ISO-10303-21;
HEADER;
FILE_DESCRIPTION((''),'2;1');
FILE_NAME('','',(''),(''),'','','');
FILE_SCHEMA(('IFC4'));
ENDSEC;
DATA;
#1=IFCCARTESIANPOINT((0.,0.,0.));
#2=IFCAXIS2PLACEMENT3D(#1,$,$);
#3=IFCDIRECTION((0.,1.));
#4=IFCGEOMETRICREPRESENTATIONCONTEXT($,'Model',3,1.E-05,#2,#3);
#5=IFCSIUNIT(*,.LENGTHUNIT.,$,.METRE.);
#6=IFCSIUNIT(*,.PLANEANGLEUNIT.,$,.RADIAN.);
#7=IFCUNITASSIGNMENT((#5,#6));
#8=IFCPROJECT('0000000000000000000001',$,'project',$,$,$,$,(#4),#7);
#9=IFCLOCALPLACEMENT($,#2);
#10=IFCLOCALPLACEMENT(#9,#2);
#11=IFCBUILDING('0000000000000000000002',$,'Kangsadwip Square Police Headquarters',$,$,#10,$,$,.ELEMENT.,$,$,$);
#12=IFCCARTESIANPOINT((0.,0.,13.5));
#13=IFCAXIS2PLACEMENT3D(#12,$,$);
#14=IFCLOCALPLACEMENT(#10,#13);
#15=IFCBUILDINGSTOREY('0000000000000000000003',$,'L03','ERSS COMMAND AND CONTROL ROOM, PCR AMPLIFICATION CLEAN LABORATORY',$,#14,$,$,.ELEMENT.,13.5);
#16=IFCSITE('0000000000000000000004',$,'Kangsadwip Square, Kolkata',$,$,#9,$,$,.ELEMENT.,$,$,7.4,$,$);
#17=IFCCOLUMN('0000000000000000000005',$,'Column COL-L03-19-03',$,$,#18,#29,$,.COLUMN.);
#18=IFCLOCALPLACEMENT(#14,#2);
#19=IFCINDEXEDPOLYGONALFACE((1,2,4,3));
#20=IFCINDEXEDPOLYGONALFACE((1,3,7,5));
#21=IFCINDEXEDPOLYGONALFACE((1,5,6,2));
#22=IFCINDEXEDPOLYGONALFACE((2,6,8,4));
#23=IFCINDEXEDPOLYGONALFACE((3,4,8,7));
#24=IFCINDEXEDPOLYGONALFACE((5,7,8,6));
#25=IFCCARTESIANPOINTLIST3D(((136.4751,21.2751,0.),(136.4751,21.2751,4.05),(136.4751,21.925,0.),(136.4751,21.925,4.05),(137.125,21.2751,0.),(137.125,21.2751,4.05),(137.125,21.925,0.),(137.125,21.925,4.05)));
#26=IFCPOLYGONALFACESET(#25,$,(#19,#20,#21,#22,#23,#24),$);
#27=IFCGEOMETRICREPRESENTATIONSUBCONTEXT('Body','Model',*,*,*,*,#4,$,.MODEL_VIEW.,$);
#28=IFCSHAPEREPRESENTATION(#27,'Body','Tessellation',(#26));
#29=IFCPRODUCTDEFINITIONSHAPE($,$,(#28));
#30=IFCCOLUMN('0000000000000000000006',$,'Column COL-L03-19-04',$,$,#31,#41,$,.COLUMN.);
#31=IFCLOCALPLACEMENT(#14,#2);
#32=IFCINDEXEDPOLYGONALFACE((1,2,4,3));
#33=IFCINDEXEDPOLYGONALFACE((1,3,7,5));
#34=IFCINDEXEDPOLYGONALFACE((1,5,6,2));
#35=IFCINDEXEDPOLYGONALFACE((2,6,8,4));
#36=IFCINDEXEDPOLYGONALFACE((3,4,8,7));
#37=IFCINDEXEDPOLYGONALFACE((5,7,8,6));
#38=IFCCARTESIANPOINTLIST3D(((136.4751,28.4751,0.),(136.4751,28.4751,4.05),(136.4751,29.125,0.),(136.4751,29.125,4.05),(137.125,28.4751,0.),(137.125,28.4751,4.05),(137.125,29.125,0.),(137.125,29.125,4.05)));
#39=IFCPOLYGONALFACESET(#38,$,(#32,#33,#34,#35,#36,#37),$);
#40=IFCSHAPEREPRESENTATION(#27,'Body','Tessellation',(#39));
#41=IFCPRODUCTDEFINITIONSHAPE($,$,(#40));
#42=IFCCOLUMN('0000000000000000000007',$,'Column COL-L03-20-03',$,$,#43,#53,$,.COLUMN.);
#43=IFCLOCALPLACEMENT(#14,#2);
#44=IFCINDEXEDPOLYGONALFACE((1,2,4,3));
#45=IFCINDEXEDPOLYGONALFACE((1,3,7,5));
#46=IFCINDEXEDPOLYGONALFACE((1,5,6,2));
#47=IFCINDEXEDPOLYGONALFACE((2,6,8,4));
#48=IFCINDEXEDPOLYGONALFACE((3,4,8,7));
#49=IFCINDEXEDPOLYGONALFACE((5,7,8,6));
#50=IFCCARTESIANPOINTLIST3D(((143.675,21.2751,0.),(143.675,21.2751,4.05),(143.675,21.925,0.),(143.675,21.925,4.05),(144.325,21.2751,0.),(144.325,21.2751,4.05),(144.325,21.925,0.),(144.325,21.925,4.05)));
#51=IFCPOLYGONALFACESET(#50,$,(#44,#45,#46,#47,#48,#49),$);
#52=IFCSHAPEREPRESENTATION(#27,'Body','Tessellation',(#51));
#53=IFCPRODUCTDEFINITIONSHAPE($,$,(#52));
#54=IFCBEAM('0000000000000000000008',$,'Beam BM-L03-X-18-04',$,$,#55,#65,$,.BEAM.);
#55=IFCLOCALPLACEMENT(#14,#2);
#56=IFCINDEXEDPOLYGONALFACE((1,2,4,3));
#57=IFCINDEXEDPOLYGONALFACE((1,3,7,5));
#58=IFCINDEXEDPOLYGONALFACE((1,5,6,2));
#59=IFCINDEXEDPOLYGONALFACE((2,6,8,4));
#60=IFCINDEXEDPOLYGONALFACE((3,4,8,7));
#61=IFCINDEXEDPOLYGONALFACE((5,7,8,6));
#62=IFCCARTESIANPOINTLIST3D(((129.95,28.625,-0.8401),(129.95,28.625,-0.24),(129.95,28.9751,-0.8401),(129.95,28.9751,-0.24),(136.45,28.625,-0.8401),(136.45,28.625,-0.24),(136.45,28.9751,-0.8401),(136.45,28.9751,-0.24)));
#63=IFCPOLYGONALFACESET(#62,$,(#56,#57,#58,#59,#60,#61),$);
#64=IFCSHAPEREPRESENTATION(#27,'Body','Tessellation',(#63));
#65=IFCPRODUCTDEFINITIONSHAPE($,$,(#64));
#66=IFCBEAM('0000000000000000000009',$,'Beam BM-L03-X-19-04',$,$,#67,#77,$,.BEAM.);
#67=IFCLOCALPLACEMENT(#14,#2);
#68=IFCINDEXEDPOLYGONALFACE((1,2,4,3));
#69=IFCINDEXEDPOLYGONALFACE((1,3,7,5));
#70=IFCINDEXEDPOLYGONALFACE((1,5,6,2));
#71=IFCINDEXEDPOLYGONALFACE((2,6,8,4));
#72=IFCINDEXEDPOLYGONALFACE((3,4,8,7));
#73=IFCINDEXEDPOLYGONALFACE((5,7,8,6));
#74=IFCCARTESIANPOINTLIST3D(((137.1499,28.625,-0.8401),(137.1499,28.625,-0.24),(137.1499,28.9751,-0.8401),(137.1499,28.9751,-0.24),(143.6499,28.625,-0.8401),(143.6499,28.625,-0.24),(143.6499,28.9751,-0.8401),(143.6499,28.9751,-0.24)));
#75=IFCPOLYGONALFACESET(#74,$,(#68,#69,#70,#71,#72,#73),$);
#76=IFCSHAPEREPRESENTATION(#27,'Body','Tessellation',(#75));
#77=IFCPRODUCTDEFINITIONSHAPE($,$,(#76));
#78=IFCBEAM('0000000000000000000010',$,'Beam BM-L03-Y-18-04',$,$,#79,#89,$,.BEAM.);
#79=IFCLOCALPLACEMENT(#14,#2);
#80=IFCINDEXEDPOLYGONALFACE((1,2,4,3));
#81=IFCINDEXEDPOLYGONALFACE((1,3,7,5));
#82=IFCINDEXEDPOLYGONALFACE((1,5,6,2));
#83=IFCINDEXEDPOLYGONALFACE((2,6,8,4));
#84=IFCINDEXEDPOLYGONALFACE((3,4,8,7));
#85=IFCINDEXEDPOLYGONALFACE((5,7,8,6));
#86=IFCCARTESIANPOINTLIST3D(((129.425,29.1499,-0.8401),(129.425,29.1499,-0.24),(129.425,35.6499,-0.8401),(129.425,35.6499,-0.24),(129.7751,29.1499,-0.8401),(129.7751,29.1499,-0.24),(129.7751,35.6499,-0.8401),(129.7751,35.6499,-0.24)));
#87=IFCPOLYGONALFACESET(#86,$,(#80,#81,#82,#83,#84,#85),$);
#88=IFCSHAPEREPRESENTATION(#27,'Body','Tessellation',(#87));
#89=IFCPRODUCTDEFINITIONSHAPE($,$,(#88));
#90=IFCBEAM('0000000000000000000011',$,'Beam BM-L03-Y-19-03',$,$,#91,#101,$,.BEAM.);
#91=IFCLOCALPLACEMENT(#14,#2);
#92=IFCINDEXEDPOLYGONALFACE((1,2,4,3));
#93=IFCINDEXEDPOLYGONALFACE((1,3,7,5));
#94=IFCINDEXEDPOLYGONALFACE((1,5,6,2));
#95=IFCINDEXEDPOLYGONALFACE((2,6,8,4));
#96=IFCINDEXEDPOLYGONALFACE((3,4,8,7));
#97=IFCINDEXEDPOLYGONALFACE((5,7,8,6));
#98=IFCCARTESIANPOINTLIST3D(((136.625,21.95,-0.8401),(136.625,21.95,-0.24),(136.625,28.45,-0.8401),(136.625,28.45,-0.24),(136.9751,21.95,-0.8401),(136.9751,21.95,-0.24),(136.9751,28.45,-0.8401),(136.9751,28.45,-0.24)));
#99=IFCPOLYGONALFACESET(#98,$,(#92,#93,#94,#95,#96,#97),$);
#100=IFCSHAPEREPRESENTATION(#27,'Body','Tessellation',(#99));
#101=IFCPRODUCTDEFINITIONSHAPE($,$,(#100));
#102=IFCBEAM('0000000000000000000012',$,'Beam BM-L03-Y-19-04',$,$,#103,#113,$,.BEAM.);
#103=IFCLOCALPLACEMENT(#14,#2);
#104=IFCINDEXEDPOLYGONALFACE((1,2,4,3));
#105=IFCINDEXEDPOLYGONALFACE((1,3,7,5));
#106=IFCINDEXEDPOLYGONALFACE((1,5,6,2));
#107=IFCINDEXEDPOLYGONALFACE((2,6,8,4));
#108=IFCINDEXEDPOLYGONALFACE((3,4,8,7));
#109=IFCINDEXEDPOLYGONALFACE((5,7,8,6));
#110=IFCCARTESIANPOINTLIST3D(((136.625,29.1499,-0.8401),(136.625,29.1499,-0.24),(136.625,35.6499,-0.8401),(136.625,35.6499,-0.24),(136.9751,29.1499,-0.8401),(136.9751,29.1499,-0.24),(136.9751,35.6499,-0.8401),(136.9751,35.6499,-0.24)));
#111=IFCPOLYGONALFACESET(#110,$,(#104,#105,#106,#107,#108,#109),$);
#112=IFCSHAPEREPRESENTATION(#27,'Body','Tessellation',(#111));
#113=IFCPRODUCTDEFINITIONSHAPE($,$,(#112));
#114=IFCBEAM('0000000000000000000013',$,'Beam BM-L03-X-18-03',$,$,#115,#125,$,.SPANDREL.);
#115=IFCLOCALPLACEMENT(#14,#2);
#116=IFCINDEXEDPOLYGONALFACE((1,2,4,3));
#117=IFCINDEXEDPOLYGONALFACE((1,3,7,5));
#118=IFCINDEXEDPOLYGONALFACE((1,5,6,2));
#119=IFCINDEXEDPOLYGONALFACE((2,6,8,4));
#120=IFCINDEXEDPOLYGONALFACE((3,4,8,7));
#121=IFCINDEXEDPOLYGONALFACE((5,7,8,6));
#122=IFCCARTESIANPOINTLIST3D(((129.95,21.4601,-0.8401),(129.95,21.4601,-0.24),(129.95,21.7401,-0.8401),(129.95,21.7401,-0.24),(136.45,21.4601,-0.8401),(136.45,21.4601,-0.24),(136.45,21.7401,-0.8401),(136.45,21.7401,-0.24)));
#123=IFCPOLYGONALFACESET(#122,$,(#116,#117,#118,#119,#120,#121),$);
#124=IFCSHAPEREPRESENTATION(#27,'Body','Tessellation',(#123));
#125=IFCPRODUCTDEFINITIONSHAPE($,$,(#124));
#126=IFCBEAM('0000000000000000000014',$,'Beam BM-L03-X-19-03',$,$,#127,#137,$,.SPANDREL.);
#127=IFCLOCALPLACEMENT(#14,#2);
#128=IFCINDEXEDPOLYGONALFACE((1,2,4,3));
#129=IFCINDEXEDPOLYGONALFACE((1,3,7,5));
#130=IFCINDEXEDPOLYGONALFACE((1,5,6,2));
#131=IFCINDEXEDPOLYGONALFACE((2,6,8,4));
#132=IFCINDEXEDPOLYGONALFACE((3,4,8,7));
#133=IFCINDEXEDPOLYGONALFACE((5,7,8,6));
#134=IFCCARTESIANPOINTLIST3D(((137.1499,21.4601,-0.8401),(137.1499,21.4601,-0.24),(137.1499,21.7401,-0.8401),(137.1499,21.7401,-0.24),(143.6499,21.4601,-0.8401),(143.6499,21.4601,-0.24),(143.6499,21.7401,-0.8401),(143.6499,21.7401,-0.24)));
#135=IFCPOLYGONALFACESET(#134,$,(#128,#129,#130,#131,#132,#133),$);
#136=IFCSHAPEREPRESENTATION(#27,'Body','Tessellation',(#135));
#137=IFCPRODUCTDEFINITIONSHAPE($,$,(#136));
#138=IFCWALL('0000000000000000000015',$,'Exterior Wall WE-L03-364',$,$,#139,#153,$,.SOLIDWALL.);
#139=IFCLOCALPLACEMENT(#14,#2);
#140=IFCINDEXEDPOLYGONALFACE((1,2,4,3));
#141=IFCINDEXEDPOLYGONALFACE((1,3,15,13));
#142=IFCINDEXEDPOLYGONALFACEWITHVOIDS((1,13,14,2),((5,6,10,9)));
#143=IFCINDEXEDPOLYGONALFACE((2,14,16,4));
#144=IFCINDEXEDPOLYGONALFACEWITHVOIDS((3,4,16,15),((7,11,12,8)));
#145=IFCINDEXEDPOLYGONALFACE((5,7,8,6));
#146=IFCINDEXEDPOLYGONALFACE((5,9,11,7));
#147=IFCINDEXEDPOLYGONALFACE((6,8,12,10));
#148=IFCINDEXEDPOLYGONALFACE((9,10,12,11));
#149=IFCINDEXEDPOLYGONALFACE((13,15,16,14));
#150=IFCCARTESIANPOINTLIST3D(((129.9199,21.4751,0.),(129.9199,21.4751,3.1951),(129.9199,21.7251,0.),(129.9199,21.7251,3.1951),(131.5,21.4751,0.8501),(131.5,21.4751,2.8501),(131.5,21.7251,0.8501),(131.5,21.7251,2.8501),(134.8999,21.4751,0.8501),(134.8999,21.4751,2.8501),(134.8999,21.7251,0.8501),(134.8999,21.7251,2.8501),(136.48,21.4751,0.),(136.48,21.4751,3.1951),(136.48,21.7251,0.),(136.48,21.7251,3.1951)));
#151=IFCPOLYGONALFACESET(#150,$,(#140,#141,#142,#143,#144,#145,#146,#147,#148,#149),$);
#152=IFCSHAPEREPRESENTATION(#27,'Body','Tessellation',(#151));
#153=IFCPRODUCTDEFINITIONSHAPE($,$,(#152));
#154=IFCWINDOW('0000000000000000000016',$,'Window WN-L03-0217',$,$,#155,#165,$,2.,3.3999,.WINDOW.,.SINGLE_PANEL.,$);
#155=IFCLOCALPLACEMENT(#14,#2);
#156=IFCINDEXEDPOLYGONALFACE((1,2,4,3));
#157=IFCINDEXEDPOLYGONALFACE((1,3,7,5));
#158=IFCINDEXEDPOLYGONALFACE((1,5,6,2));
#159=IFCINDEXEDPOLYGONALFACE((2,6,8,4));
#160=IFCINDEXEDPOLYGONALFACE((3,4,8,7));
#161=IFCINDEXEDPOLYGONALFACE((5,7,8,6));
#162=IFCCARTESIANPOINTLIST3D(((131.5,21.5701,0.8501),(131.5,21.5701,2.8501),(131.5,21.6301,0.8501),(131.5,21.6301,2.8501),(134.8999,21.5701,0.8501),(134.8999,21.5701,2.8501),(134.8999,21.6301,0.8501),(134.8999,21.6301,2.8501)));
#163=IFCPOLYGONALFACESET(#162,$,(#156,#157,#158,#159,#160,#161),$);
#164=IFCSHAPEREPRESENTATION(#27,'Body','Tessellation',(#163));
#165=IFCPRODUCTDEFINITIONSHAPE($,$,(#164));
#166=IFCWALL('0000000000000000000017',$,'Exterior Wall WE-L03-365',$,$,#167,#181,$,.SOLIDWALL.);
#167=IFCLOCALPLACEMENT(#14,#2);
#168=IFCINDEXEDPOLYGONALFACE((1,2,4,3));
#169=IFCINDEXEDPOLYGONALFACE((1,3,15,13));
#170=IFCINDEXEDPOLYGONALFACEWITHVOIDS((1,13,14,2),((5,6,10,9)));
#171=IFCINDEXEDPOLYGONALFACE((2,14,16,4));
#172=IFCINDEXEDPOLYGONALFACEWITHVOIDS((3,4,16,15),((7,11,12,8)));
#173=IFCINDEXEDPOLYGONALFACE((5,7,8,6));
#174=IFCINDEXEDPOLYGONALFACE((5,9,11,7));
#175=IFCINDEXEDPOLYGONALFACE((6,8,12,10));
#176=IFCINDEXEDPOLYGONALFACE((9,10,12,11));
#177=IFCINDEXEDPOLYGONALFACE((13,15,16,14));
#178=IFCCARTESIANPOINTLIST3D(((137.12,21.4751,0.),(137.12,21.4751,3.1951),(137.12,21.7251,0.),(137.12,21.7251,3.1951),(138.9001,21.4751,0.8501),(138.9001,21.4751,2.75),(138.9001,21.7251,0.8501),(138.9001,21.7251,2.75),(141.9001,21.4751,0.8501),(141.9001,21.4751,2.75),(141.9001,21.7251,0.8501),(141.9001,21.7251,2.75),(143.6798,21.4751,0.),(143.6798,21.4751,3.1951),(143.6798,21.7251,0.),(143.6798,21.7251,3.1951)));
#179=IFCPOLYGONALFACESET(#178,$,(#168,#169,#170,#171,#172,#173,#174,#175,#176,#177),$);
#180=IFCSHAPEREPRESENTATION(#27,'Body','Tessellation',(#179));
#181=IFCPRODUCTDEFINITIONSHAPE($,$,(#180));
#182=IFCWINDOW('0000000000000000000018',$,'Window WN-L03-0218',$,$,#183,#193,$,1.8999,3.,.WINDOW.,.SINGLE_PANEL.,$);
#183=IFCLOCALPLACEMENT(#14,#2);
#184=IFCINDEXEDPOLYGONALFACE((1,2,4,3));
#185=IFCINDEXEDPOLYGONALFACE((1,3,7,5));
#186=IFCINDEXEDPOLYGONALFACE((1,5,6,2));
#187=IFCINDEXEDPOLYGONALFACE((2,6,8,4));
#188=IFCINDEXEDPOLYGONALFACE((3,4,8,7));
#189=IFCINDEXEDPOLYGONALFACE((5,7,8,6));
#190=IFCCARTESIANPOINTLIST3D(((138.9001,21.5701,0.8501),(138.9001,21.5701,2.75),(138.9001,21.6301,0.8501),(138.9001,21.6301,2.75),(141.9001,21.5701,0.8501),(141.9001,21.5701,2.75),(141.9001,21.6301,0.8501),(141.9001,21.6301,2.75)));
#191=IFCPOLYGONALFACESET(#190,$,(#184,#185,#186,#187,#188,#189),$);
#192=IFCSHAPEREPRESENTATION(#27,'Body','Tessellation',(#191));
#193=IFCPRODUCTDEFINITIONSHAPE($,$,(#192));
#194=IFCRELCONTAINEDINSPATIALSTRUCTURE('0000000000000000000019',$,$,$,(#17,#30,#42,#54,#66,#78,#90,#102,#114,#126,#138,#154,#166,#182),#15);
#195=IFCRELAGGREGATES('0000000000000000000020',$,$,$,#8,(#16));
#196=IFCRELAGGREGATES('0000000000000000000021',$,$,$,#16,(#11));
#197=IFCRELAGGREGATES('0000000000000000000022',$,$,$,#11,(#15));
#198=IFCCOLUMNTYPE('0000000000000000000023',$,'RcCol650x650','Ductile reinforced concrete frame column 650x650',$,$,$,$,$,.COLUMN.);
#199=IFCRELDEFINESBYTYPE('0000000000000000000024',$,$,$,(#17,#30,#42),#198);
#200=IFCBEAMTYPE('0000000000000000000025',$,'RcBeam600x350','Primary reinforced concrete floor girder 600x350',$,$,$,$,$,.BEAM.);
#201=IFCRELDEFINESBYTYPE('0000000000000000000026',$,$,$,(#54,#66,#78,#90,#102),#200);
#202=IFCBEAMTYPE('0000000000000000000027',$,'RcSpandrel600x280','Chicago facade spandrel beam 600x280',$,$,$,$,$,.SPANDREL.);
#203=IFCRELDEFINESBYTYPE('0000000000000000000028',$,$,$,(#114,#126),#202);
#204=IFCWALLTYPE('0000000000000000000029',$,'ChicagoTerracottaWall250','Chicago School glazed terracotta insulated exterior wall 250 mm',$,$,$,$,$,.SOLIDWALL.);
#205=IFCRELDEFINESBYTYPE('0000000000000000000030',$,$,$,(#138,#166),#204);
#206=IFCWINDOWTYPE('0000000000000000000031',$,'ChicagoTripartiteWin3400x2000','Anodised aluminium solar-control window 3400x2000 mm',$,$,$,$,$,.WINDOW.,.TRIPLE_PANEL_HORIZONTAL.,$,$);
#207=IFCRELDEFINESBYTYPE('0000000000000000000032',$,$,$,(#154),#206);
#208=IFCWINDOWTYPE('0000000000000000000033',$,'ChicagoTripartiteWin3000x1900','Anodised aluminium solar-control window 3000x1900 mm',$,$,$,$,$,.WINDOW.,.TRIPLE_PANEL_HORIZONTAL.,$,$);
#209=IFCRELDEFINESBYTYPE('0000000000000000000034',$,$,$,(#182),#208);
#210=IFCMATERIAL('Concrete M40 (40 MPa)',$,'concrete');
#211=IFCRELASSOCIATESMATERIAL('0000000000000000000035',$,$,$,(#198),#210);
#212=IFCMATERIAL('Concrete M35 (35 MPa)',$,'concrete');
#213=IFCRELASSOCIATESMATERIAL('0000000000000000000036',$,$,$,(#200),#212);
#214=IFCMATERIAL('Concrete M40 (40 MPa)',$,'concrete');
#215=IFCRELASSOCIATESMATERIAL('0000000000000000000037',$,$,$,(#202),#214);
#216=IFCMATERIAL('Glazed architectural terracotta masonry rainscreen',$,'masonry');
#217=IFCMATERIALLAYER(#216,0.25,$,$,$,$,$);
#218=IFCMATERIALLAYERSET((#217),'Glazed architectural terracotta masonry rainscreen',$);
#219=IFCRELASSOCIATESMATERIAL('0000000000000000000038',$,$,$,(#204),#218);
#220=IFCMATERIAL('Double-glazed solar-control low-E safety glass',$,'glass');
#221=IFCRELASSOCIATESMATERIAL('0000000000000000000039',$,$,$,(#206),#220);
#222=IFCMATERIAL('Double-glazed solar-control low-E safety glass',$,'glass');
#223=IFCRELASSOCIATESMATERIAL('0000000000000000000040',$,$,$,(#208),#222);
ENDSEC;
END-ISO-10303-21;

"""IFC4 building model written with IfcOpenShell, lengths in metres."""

from ifc_helpers import new_model, si_unit, direction, frame, frame_2d, origin, origin_2d, place, context, subcontext, project, spatial, rectangle, extrude, material, layer, layer_set, material_profile, profile_set, type_object, element, fill, save


model = new_model("IFC4")

# Units and contexts
model_context = context("Model", 3, precision=1e-05, world=origin(), true_north=direction((0.0, 1.0)))
body_context = subcontext(model_context, "Body", "Model", "MODEL_VIEW")
ifc_project = project(units=[si_unit("LENGTHUNIT", "METRE"), si_unit("PLANEANGLEUNIT", "RADIAN")], contexts=[model_context])

# Site, building, storey
site_placement = place(None, origin())
site = spatial("IfcSite", under=ifc_project, at=site_placement, Name="Kangsadwip Square, Kolkata", CompositionType="ELEMENT", RefElevation=7.4)
building_placement = place(site_placement, origin())
building = spatial("IfcBuilding", under=site, at=building_placement, Name="Kangsadwip Square Police Headquarters", CompositionType="ELEMENT")
storey_placement = place(building_placement, frame((0.0, 0.0, 13.5)))
storey = spatial("IfcBuildingStorey", under=building, at=storey_placement, Name="L03", Description="ERSS COMMAND AND CONTROL ROOM, PCR AMPLIFICATION CLEAN LABORATORY", CompositionType="ELEMENT", Elevation=13.5)

# Columns
ifc_material_1 = material(Name="Concrete M40 (40 MPa)", Category="concrete")
ifc_material_profile_1 = material_profile(ifc_material_1, rectangle(XDim=0.6499, YDim=0.6499, at=origin_2d()), Name="RC COL 650X650")
ifc_profile_set_1 = profile_set([ifc_material_profile_1], Name="Concrete M40 (40 MPa)")
column_type = type_object("IfcColumnType", Name="RcCol650x650", Description="Ductile reinforced concrete frame column 650x650", PredefinedType="COLUMN", material=ifc_profile_set_1)
for number, where, z_axis, x_axis, name in (
    (1, (136.8, 21.6001, 0.0), (0.0, 0.0, 1.0), (1.0, 0.0, 0.0), "Column COL-L03-19-03"),
    (2, (136.8, 28.8, 0.0), (0.0, 0.0, 1.0), (1.0, 0.0, 0.0), "Column COL-L03-19-04"),
    (3, (144.0, 21.6001, 0.0), (0.0, 0.0, 1.0), (1.0, 0.0, 0.0), "Column COL-L03-20-03"),
):
    element("IfcColumn", number, at=place(storey_placement, frame(where, z_axis=z_axis, x_axis=x_axis)), inside=storey, type_object=column_type, Name=name, PredefinedType="COLUMN", context=body_context, shape_type="SweptSolid", body=[
        extrude(rectangle(XDim=0.6499, YDim=0.6499, at=origin_2d()), origin(), (0.0, 0.0, 1.0), 4.05),
    ])

# Beams
ifc_material_2 = material(Name="Concrete M35 (35 MPa)", Category="concrete")
ifc_material_profile_2 = material_profile(ifc_material_2, rectangle(XDim=0.3501, YDim=0.6001, at=origin_2d()), Name="RC BM 600X350")
ifc_profile_set_2 = profile_set([ifc_material_profile_2], Name="Concrete M35 (35 MPa)")
beam_type_1 = type_object("IfcBeamType", Name="RcBeam600x350", Description="Primary reinforced concrete floor girder 600x350", PredefinedType="BEAM", material=ifc_profile_set_2)
for number, where, z_axis, x_axis, name in (
    (4, (129.95, 28.8, -0.54), (1.0, 0.0, 0.0), (0.0, 1.0, 0.0), "Beam BM-L03-X-18-04"),
    (5, (137.1499, 28.8, -0.54), (1.0, 0.0, 0.0), (0.0, 1.0, 0.0), "Beam BM-L03-X-19-04"),
    (6, (129.6001, 29.1499, -0.54), (0.0, 1.0, 0.0), (-1.0, 0.0, 0.0), "Beam BM-L03-Y-18-04"),
    (7, (136.8, 21.95, -0.54), (0.0, 1.0, 0.0), (-1.0, 0.0, 0.0), "Beam BM-L03-Y-19-03"),
    (8, (136.8, 29.1499, -0.54), (0.0, 1.0, 0.0), (-1.0, 0.0, 0.0), "Beam BM-L03-Y-19-04"),
):
    element("IfcBeam", number, at=place(storey_placement, frame(where, z_axis=z_axis, x_axis=x_axis)), inside=storey, type_object=beam_type_1, Name=name, PredefinedType="BEAM", context=body_context, shape_type="SweptSolid", body=[
        extrude(rectangle(XDim=0.3501, YDim=0.6001, at=origin_2d()), origin(), (0.0, 0.0, 1.0), 6.5),
    ])
ifc_material_3 = material(Name="Concrete M40 (40 MPa)", Category="concrete")
ifc_material_profile_3 = material_profile(ifc_material_3, rectangle(XDim=0.28, YDim=0.6001, at=origin_2d()), Name="RC SPN 600X280")
ifc_profile_set_3 = profile_set([ifc_material_profile_3], Name="Concrete M40 (40 MPa)")
beam_type_2 = type_object("IfcBeamType", Name="RcSpandrel600x280", Description="Chicago facade spandrel beam 600x280", PredefinedType="SPANDREL", material=ifc_profile_set_3)
for number, where, z_axis, x_axis, name in (
    (9, (129.95, 21.6001, -0.54), (1.0, 0.0, 0.0), (0.0, 1.0, 0.0), "Beam BM-L03-X-18-03"),
    (10, (137.1499, 21.6001, -0.54), (1.0, 0.0, 0.0), (0.0, 1.0, 0.0), "Beam BM-L03-X-19-03"),
):
    element("IfcBeam", number, at=place(storey_placement, frame(where, z_axis=z_axis, x_axis=x_axis)), inside=storey, type_object=beam_type_2, Name=name, PredefinedType="SPANDREL", context=body_context, shape_type="SweptSolid", body=[
        extrude(rectangle(XDim=0.28, YDim=0.6001, at=origin_2d()), origin(), (0.0, 0.0, 1.0), 6.5),
    ])

# Walls, openings, windows
ifc_material_4 = material(Name="Glazed architectural terracotta masonry rainscreen", Category="masonry")
ifc_layer_1 = layer(ifc_material_4, 0.25)
ifc_layer_set_1 = layer_set([ifc_layer_1], Name="Glazed architectural terracotta masonry rainscreen")
wall_type_1 = type_object("IfcWallType", Name="ChicagoTerracottaWall250", Description="Chicago School glazed terracotta insulated exterior wall 250 mm", PredefinedType="SOLIDWALL", material=ifc_layer_set_1)
wall_1_placement = place(storey_placement, frame((129.9199, 21.6001, 0.0), z_axis=(0.0, 0.0, 1.0), x_axis=(1.0, 0.0, 0.0)))
wall_1 = element("IfcWall", 11, at=wall_1_placement, inside=storey, type_object=wall_type_1, Name="Exterior Wall WE-L03-364", PredefinedType="SOLIDWALL", context=body_context, shape_type="SweptSolid", body=[
    extrude(rectangle(XDim=6.5601, YDim=0.25, at=frame_2d((3.28, 0.0))), origin(), (0.0, 0.0, 1.0), 3.1951),
])
opening_1_placement = place(wall_1_placement, frame((1.5801, 0.0, 0.8501)))
opening_1 = element("IfcOpeningElement", 12, at=opening_1_placement, cuts=wall_1, PredefinedType="OPENING", context=body_context, shape_type="SweptSolid", body=[
    extrude(rectangle(XDim=3.3999, YDim=2.0, at=frame_2d((1.7, 1.0))), frame((0.0, 0.135, 0.0), z_axis=(0.0, -1.0, 0.0), x_axis=(1.0, 0.0, 0.0)), (0.0, 0.0, 1.0), 0.27),
])
ifc_material_5 = material(Name="Double-glazed solar-control low-E safety glass", Category="glass")
window_type_1 = type_object("IfcWindowType", Name="ChicagoTripartiteWin3400x2000", Description="Anodised aluminium solar-control window 3400x2000 mm", PartitioningType="TRIPLE_PANEL_HORIZONTAL", PredefinedType="WINDOW", material=ifc_material_5)
window_1_placement = place(opening_1_placement, origin())
window_1 = element("IfcWindow", 13, at=window_1_placement, inside=storey, type_object=window_type_1, Name="Window WN-L03-0217", OverallHeight=2.0, OverallWidth=3.3999, PartitioningType="SINGLE_PANEL", PredefinedType="WINDOW", context=body_context, shape_type="SweptSolid", body=[
    extrude(rectangle(XDim=3.3999, YDim=2.0, at=frame_2d((1.7, 1.0))), frame((0.0, 0.03, 0.0), z_axis=(0.0, -1.0, 0.0), x_axis=(1.0, 0.0, 0.0)), (0.0, 0.0, 1.0), 0.0601),
])
fill(opening_1, window_1)
wall_2_placement = place(storey_placement, frame((137.1201, 21.6001, 0.0), z_axis=(0.0, 0.0, 1.0), x_axis=(1.0, 0.0, 0.0)))
wall_2 = element("IfcWall", 14, at=wall_2_placement, inside=storey, type_object=wall_type_1, Name="Exterior Wall WE-L03-365", PredefinedType="SOLIDWALL", context=body_context, shape_type="SweptSolid", body=[
    extrude(rectangle(XDim=6.5598, YDim=0.25, at=frame_2d((3.2798, 0.0))), origin(), (0.0, 0.0, 1.0), 3.1951),
])
opening_2_placement = place(wall_2_placement, frame((1.78, 0.0, 0.8501)))
opening_2 = element("IfcOpeningElement", 15, at=opening_2_placement, cuts=wall_2, PredefinedType="OPENING", context=body_context, shape_type="SweptSolid", body=[
    extrude(rectangle(XDim=3.0, YDim=1.8999, at=frame_2d((1.5, 0.95))), frame((0.0, 0.135, 0.0), z_axis=(0.0, -1.0, 0.0), x_axis=(1.0, 0.0, 0.0)), (0.0, 0.0, 1.0), 0.27),
])
ifc_material_6 = material(Name="Double-glazed solar-control low-E safety glass", Category="glass")
window_type_2 = type_object("IfcWindowType", Name="ChicagoTripartiteWin3000x1900", Description="Anodised aluminium solar-control window 3000x1900 mm", PartitioningType="TRIPLE_PANEL_HORIZONTAL", PredefinedType="WINDOW", material=ifc_material_6)
window_2_placement = place(opening_2_placement, origin())
window_2 = element("IfcWindow", 16, at=window_2_placement, inside=storey, type_object=window_type_2, Name="Window WN-L03-0218", OverallHeight=1.8999, OverallWidth=3.0, PartitioningType="SINGLE_PANEL", PredefinedType="WINDOW", context=body_context, shape_type="SweptSolid", body=[
    extrude(rectangle(XDim=3.0, YDim=1.8999, at=frame_2d((1.5, 0.95))), frame((0.0, 0.03, 0.0), z_axis=(0.0, -1.0, 0.0), x_axis=(1.0, 0.0, 0.0)), (0.0, 0.0, 1.0), 0.0601),
])
fill(opening_2, window_2)

save(model, "model.ifc")
